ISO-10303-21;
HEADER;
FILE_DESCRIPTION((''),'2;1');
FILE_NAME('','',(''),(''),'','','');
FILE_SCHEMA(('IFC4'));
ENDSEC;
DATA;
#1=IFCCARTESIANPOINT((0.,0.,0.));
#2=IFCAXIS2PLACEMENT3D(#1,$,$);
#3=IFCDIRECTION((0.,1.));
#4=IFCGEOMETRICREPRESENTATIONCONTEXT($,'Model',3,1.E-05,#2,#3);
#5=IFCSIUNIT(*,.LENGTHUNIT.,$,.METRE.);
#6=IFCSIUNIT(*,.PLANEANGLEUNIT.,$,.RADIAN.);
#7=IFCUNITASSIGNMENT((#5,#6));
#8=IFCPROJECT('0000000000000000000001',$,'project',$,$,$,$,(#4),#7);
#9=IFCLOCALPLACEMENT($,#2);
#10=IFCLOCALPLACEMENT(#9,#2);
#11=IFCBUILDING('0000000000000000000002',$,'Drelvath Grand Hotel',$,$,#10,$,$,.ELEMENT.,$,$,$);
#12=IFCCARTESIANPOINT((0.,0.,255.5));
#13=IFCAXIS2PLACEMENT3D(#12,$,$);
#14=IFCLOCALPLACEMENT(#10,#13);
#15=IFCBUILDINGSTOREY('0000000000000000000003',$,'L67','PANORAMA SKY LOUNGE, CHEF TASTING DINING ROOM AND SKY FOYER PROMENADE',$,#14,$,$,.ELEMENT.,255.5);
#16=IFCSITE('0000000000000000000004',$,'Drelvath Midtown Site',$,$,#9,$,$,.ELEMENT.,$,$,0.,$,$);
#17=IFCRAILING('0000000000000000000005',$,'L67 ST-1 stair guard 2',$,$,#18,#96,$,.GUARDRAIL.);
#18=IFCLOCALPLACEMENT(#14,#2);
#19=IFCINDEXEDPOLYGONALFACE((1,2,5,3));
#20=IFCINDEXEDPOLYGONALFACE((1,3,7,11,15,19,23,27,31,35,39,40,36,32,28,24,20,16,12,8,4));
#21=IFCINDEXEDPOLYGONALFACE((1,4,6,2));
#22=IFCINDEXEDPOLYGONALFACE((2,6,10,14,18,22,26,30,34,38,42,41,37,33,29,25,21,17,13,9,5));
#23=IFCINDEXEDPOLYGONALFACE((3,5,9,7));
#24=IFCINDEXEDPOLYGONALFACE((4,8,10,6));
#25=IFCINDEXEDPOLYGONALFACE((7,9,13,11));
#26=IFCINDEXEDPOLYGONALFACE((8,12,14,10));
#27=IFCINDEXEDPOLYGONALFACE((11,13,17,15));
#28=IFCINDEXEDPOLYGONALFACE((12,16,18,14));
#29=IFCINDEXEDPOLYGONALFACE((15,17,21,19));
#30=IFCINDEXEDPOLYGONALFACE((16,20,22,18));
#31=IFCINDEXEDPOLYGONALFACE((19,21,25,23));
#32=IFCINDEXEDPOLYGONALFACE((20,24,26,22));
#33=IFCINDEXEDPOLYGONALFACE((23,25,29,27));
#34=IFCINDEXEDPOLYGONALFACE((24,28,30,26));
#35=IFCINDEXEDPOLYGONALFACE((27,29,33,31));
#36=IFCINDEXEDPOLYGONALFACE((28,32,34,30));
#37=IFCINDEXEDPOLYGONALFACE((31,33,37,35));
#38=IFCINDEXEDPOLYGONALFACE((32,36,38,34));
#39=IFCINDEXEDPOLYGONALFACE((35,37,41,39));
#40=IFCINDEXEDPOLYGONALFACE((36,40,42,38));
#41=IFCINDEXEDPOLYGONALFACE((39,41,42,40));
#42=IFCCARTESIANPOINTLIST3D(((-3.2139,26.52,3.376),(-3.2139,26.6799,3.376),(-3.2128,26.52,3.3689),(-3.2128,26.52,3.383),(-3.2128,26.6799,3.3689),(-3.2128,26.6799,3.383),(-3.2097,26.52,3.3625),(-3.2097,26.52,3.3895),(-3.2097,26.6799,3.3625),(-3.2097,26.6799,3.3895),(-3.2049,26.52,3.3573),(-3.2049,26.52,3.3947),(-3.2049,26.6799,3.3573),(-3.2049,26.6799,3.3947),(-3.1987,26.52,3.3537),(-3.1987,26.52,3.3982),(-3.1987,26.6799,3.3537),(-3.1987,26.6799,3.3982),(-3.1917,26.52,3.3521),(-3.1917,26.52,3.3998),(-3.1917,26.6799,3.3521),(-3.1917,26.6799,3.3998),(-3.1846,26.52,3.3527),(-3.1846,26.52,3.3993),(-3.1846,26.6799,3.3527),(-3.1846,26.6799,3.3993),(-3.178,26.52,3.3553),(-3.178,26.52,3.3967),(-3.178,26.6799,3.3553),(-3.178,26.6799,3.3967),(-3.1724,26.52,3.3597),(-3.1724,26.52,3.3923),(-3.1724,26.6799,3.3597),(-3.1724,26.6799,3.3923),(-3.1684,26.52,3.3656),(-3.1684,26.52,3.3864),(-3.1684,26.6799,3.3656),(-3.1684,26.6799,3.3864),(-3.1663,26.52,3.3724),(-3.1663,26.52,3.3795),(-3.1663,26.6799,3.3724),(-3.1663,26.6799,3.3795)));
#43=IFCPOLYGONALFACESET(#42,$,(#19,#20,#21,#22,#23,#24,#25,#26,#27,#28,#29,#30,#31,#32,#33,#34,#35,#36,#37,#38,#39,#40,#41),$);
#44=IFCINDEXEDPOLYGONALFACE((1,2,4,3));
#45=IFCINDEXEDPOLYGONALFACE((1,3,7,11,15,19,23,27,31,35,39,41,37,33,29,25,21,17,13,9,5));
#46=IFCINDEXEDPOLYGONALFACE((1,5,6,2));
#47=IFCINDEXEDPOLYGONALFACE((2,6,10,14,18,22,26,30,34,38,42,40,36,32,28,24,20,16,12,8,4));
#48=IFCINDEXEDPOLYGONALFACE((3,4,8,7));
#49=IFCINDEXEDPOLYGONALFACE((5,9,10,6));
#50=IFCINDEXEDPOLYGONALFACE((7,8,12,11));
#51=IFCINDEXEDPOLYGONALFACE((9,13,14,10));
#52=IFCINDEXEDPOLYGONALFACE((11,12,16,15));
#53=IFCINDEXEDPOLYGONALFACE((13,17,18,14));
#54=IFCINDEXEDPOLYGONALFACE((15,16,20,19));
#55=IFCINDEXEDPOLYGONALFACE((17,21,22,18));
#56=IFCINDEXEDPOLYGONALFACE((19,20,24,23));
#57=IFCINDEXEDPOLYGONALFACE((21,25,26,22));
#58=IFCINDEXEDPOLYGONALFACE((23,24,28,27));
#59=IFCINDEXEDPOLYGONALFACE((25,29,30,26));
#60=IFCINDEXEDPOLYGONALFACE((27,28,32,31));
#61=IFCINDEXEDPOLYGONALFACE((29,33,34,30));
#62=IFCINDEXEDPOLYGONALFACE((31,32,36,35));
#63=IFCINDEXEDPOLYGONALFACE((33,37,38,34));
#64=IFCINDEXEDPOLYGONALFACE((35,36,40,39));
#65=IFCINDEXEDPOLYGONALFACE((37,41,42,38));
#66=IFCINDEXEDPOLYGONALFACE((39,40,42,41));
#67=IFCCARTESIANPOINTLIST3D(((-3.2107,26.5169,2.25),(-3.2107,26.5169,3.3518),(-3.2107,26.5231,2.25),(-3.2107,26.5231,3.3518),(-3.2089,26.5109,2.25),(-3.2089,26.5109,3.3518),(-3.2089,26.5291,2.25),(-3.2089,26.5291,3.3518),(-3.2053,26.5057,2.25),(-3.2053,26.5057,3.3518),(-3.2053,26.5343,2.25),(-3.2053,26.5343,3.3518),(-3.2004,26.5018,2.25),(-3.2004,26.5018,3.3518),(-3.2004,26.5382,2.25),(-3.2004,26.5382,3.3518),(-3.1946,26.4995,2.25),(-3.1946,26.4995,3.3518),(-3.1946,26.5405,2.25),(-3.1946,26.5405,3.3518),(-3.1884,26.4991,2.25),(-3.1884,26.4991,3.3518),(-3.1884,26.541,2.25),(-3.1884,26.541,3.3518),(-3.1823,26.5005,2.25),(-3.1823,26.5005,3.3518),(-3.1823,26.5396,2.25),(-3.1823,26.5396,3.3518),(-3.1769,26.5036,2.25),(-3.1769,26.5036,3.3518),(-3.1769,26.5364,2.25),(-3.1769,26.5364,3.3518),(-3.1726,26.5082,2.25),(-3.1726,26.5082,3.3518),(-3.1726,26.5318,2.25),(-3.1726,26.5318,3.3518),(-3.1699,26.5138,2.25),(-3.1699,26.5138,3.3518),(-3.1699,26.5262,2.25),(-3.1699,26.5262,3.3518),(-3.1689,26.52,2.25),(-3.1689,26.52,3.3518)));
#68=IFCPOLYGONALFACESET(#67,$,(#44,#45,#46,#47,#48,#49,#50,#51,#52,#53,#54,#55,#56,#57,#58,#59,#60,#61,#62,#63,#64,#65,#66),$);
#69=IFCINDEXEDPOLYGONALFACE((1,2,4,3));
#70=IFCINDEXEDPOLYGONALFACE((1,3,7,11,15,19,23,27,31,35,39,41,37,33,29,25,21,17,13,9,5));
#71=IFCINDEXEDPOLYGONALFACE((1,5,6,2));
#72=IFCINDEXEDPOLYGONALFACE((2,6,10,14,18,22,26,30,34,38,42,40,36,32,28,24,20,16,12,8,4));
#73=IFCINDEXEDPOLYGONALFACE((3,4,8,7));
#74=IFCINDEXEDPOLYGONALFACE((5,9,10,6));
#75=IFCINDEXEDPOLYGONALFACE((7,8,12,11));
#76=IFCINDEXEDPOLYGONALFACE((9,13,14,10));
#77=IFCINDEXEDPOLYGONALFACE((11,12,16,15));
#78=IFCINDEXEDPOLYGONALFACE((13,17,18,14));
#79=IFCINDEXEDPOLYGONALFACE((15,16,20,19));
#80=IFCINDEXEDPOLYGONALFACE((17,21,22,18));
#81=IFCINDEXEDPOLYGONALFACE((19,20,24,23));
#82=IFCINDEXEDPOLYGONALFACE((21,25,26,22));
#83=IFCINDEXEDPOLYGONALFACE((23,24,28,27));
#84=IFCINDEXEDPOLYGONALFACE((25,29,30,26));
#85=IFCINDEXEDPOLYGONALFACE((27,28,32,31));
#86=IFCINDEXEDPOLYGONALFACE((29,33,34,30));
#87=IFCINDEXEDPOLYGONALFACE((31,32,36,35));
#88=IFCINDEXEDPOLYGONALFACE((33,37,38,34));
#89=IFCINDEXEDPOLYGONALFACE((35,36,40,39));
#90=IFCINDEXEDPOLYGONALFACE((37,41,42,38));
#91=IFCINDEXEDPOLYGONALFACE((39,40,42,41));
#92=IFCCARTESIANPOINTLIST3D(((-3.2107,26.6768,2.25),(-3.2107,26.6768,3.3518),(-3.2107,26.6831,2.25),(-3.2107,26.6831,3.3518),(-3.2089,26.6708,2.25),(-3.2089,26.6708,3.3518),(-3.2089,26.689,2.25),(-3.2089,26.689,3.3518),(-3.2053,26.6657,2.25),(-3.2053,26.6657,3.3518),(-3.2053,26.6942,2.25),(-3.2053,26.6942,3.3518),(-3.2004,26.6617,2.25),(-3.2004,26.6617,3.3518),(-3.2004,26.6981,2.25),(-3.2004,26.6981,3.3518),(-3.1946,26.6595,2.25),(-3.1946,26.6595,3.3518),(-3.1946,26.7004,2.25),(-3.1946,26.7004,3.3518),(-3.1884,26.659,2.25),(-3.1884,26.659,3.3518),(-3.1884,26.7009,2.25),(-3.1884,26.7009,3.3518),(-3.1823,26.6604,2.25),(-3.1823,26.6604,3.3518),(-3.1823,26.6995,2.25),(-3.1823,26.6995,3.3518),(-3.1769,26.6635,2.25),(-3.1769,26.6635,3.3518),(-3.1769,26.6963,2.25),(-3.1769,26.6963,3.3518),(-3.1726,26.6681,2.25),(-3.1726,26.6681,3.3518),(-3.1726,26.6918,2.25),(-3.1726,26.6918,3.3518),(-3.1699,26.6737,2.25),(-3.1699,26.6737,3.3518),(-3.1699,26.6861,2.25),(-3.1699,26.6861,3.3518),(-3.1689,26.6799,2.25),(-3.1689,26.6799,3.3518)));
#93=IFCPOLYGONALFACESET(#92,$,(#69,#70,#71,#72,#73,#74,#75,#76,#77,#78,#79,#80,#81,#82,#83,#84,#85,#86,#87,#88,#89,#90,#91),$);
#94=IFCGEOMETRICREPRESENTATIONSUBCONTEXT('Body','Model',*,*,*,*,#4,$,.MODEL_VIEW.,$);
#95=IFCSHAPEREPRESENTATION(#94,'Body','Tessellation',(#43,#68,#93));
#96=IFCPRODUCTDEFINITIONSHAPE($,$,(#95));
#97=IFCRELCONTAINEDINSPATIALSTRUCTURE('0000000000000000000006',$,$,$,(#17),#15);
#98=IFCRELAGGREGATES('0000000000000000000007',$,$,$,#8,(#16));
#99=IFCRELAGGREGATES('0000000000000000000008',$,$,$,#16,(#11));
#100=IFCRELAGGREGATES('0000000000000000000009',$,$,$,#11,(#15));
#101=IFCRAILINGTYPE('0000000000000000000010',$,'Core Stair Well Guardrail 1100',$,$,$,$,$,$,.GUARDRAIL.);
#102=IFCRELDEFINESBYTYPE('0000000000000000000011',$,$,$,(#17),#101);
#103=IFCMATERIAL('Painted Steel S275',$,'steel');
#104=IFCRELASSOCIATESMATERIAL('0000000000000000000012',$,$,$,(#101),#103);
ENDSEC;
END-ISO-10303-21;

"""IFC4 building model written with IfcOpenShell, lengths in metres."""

from ifc_helpers import new_model, si_unit, direction, frame, origin, origin_2d, place, context, subcontext, project, spatial, circle, extrude, material, type_object, element, save


model = new_model("IFC4")

# Units and contexts
model_context = context("Model", 3, precision=1e-05, world=origin(), true_north=direction((0.0, 1.0)))
body_context = subcontext(model_context, "Body", "Model", "MODEL_VIEW")
ifc_project = project(units=[si_unit("LENGTHUNIT", "METRE"), si_unit("PLANEANGLEUNIT", "RADIAN")], contexts=[model_context])

# Site, building, storey
site_placement = place(None, origin())
site = spatial("IfcSite", under=ifc_project, at=site_placement, Name="Drelvath Midtown Site", CompositionType="ELEMENT", RefElevation=0.0)
building_placement = place(site_placement, origin())
building = spatial("IfcBuilding", under=site, at=building_placement, Name="Drelvath Grand Hotel", CompositionType="ELEMENT")
storey_placement = place(building_placement, frame((0.0, 0.0, 255.5)))
storey = spatial("IfcBuildingStorey", under=building, at=storey_placement, Name="L67", Description="PANORAMA SKY LOUNGE, CHEF TASTING DINING ROOM AND SKY FOYER PROMENADE", CompositionType="ELEMENT", Elevation=255.5)

# Shared definitions
ifc_material_1 = material(Name="Painted Steel S275", Category="steel")

# Railing
railing_type_1 = type_object("IfcRailingType", Name="Core Stair Well Guardrail 1100", PredefinedType="GUARDRAIL", material=ifc_material_1)
railing_1_placement = place(storey_placement, frame((-3.1899, 26.52, 2.25)))
element("IfcRailing", 1, at=railing_1_placement, inside=storey, type_object=railing_type_1, Name="L67 ST-1 stair guard 2", PredefinedType="GUARDRAIL", context=body_context, shape_type="SweptSolid", body=[
    extrude(circle(Radius=0.0239, at=origin_2d()), frame((0.0, 0.0, 1.126), z_axis=(0.0, 1.0, 0.0), x_axis=(-1.0, 0.0, 0.0)), (0.0, 0.0, 1.0), 0.1599),
    extrude(circle(Radius=0.021, at=origin_2d()), origin(), (0.0, 0.0, 1.0), 1.1018),
    extrude(circle(Radius=0.021, at=origin_2d()), frame((0.0, 0.1599, 0.0)), (0.0, 0.0, 1.0), 1.1018),
])

save(model, "model.ifc")
